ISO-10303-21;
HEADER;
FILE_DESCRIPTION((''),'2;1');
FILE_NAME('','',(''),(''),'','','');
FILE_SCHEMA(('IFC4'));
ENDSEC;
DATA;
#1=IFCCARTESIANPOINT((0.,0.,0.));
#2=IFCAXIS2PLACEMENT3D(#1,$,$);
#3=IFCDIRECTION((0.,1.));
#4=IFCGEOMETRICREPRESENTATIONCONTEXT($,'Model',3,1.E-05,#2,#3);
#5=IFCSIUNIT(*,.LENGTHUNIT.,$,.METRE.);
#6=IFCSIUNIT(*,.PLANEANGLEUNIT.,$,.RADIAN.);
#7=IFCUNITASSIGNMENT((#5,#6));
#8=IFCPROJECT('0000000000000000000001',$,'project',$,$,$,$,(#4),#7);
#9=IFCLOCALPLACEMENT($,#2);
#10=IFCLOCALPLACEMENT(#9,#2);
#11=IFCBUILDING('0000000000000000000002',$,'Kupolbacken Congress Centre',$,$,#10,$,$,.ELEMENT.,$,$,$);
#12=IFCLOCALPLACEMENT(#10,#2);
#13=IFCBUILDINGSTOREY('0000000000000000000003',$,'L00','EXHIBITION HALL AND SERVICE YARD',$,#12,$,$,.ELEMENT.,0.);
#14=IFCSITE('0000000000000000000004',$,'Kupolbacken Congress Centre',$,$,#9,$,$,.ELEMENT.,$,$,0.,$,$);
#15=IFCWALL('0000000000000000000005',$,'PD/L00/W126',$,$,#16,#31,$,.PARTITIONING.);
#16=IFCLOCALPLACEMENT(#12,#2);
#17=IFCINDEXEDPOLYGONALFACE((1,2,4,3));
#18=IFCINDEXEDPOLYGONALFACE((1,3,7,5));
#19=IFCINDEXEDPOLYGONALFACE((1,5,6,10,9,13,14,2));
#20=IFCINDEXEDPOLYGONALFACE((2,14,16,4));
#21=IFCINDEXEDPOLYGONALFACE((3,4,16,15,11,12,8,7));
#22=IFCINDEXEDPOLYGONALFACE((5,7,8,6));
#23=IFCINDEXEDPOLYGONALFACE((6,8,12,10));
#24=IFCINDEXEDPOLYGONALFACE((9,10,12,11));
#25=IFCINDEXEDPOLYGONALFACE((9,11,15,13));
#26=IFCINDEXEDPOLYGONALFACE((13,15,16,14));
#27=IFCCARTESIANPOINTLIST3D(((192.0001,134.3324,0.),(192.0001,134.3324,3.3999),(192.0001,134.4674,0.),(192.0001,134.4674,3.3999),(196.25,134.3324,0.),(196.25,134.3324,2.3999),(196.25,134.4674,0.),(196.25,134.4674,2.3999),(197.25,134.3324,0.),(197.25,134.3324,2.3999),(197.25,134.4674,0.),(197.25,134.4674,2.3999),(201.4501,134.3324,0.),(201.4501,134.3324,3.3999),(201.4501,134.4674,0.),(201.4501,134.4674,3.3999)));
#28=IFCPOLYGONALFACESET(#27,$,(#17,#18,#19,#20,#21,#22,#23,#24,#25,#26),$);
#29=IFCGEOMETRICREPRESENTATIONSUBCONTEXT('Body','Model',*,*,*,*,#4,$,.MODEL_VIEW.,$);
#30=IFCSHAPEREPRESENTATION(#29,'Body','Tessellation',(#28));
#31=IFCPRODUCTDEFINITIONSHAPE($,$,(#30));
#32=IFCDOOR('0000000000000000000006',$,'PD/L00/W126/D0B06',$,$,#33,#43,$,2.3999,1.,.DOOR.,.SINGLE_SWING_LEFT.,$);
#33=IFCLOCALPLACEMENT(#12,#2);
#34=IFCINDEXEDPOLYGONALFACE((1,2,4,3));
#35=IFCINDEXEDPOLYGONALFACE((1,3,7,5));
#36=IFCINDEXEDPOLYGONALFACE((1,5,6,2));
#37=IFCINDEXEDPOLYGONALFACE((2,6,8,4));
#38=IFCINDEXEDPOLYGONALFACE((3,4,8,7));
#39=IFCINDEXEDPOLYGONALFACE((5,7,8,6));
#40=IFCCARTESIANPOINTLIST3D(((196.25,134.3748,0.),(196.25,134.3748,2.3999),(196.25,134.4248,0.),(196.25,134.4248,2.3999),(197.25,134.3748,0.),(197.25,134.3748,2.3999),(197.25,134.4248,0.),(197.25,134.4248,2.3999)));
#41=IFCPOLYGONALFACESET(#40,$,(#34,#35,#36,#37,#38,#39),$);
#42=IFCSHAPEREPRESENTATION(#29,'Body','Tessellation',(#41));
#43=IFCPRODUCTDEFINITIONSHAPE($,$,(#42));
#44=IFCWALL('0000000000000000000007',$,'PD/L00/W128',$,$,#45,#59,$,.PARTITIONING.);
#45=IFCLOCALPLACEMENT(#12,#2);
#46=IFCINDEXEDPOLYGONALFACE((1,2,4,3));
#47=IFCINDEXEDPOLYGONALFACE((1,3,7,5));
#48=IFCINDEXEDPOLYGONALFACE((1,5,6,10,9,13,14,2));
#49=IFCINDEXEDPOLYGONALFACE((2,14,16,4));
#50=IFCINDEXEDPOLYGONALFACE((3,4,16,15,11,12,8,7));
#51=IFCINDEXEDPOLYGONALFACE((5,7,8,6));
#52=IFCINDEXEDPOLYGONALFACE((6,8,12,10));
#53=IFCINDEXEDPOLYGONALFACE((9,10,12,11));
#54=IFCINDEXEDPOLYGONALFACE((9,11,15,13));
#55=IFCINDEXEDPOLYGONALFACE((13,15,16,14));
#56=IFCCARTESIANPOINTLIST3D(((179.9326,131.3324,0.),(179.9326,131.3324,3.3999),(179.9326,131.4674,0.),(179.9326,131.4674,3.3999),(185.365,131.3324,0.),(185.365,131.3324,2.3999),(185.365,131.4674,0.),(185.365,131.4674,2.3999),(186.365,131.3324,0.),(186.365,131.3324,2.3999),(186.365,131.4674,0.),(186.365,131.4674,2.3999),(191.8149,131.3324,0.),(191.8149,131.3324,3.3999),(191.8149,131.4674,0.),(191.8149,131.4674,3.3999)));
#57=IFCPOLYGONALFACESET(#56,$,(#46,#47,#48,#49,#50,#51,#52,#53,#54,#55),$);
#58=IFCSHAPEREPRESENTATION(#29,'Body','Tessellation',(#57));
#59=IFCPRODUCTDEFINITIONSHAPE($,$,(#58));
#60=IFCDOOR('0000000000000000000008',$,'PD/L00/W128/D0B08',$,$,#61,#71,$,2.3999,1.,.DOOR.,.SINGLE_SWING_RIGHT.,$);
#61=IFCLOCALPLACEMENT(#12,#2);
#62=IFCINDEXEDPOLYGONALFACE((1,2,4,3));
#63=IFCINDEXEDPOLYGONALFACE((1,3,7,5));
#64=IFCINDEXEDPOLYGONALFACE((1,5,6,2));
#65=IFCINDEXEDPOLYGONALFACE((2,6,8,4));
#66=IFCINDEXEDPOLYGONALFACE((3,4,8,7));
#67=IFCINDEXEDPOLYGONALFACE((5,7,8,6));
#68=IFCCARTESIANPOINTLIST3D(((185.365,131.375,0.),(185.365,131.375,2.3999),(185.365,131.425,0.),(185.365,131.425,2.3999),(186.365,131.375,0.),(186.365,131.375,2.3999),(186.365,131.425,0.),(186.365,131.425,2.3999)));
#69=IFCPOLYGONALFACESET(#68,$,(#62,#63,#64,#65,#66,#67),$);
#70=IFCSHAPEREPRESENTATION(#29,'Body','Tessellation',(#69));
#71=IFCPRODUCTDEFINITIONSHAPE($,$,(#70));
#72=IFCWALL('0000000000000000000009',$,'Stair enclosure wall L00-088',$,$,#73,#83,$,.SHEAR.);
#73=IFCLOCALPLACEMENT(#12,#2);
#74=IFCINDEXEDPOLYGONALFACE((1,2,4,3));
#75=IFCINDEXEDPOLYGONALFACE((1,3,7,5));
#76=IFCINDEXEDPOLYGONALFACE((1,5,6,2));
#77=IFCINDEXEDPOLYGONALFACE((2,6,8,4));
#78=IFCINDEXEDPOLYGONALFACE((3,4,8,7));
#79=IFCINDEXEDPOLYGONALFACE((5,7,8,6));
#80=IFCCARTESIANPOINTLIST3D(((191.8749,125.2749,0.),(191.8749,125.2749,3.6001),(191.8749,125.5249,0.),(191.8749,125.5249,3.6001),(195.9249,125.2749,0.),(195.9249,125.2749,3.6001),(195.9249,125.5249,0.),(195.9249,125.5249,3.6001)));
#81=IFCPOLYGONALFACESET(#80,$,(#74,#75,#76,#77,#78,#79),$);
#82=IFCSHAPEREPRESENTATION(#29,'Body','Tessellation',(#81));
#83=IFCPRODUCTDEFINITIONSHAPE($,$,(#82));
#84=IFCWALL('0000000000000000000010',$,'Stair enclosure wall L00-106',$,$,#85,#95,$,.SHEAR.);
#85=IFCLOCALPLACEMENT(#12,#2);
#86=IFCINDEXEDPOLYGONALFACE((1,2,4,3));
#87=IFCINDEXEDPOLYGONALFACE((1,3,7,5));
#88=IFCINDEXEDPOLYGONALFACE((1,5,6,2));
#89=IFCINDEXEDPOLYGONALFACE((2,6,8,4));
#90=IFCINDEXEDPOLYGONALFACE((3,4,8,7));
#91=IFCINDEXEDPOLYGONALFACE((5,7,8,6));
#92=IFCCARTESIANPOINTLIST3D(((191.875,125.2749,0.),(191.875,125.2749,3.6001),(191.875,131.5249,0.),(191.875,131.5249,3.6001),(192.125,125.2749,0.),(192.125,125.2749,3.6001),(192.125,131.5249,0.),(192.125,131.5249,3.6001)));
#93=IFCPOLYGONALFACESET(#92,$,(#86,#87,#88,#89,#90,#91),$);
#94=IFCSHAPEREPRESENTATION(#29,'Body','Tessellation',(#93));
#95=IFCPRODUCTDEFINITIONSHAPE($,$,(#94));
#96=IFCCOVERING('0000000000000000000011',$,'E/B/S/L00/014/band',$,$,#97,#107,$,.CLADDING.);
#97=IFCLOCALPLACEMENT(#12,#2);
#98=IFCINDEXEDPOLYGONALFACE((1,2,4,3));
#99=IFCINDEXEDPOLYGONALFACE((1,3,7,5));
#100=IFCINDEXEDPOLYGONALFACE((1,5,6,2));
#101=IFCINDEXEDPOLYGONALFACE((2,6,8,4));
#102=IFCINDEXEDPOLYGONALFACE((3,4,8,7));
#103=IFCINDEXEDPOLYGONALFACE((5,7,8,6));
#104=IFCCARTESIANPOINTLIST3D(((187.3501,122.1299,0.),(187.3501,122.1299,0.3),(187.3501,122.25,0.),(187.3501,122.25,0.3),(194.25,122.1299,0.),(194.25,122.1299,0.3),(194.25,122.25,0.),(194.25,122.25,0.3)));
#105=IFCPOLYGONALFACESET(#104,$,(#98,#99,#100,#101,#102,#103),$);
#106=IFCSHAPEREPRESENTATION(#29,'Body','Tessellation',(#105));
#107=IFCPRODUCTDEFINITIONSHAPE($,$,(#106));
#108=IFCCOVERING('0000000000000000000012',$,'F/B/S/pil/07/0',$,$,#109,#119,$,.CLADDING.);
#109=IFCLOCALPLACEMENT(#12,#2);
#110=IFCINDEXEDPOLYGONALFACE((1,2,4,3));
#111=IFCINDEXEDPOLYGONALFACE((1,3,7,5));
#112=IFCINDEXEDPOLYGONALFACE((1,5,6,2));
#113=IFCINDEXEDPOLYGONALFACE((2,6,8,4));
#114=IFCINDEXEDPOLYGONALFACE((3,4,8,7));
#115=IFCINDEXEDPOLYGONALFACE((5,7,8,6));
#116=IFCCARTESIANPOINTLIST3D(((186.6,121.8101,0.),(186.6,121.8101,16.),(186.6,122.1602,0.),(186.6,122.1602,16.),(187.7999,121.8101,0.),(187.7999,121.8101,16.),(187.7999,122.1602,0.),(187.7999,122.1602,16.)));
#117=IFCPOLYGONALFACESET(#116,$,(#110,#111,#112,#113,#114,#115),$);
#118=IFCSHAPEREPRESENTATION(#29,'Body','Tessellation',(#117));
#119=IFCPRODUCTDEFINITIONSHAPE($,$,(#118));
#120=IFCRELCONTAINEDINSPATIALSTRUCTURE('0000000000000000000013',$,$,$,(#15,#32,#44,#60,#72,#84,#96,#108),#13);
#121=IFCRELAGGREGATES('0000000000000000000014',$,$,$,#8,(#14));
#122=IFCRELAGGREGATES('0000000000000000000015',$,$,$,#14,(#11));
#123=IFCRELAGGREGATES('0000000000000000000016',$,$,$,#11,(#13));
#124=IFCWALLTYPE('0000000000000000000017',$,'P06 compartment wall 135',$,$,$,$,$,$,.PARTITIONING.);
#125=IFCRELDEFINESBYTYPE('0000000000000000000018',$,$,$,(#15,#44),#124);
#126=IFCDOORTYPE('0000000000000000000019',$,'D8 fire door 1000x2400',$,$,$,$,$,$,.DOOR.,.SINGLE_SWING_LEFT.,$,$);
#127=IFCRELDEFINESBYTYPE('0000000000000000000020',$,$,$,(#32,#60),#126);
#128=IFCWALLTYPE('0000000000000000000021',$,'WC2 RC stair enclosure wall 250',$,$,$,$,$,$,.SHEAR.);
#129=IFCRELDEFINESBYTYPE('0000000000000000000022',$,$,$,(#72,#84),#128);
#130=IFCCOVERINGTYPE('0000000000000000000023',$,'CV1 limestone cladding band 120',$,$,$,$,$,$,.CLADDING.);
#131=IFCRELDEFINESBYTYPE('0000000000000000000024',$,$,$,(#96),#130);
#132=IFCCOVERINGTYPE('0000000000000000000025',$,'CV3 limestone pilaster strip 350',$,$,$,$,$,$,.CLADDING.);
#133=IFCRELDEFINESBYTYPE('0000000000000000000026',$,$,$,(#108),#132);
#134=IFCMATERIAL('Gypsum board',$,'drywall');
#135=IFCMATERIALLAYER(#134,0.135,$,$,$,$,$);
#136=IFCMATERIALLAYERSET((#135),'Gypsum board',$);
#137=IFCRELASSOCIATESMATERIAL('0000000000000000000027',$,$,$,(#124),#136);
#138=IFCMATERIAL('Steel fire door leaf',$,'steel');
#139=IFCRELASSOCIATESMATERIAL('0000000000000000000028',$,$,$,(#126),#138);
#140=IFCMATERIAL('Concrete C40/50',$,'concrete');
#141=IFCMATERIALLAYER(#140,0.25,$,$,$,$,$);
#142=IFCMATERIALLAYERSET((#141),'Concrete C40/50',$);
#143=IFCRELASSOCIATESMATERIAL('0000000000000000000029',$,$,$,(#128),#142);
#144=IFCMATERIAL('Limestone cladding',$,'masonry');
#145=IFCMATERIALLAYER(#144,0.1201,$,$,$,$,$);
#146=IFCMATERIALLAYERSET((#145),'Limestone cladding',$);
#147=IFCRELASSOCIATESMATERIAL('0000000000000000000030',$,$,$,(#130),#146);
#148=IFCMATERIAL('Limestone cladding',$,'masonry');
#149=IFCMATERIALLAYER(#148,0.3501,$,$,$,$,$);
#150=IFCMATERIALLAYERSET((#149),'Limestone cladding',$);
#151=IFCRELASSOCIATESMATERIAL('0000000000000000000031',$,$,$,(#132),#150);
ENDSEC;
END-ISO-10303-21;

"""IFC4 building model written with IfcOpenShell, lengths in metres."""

from ifc_helpers import new_model, si_unit, direction, frame, frame_2d, origin, origin_2d, place, context, subcontext, project, spatial, rectangle, extrude, material, layer, layer_set, type_object, element, fill, save


model = new_model("IFC4")

# Units and contexts
model_context = context("Model", 3, precision=1e-05, world=origin(), true_north=direction((0.0, 1.0)))
body_context = subcontext(model_context, "Body", "Model", "MODEL_VIEW")
ifc_project = project(units=[si_unit("LENGTHUNIT", "METRE"), si_unit("PLANEANGLEUNIT", "RADIAN")], contexts=[model_context])

# Site, building, storey
site_placement = place(None, origin())
site = spatial("IfcSite", under=ifc_project, at=site_placement, Name="Kupolbacken Congress Centre", CompositionType="ELEMENT", RefElevation=0.0)
building_placement = place(site_placement, origin())
building = spatial("IfcBuilding", under=site, at=building_placement, Name="Kupolbacken Congress Centre", CompositionType="ELEMENT")
storey_placement = place(building_placement, origin())
storey = spatial("IfcBuildingStorey", under=building, at=storey_placement, Name="L00", Description="EXHIBITION HALL AND SERVICE YARD", CompositionType="ELEMENT", Elevation=0.0)

# Shared definitions
ifc_material_1 = material(Name="Gypsum board", Category="drywall")
ifc_layer_1 = layer(ifc_material_1, 0.135)
ifc_layer_set_1 = layer_set([ifc_layer_1], Name="Gypsum board")
wall_type_1 = type_object("IfcWallType", Name="P06 compartment wall 135", PredefinedType="PARTITIONING", material=ifc_layer_set_1)

# Walls, openings, doors
wall_1_placement = place(storey_placement, frame((192.0, 134.3999, 0.0), z_axis=(0.0, 0.0, 1.0), x_axis=(1.0, 0.0, 0.0)))
wall_1 = element("IfcWall", 1, at=wall_1_placement, inside=storey, type_object=wall_type_1, Name="PD/L00/W126", PredefinedType="PARTITIONING", context=body_context, shape_type="SweptSolid", body=[
    extrude(rectangle(XDim=9.45, YDim=0.135, at=frame_2d((4.7251, 0.0))), origin(), (0.0, 0.0, 1.0), 3.3999),
])
opening_1_placement = place(wall_1_placement, frame((4.25, 0.0, 0.0)))
opening_1 = element("IfcOpeningElement", 2, at=opening_1_placement, cuts=wall_1, PredefinedType="OPENING", context=body_context, shape_type="SweptSolid", body=[
    extrude(rectangle(XDim=1.0, YDim=2.3999, at=frame_2d((0.5, 1.2))), frame((0.0, 0.0774, 0.0), z_axis=(0.0, -1.0, 0.0), x_axis=(1.0, 0.0, 0.0)), (0.0, 0.0, 1.0), 0.155),
])
ifc_material_2 = material(Name="Steel fire door leaf", Category="steel")
door_type = type_object("IfcDoorType", Name="D8 fire door 1000x2400", OperationType="SINGLE_SWING_LEFT", PredefinedType="DOOR", material=ifc_material_2)
door_1_placement = place(opening_1_placement, origin())
door_1 = element("IfcDoor", 3, at=door_1_placement, inside=storey, type_object=door_type, Name="PD/L00/W126/D0B06", OperationType="SINGLE_SWING_LEFT", OverallHeight=2.3999, OverallWidth=1.0, PredefinedType="DOOR", context=body_context, shape_type="SweptSolid", body=[
    extrude(rectangle(XDim=1.0, YDim=2.3999, at=frame_2d((0.5, 1.2))), frame((0.0, 0.0249, 0.0), z_axis=(0.0, -1.0, 0.0), x_axis=(1.0, 0.0, 0.0)), (0.0, 0.0, 1.0), 0.05),
])
fill(opening_1, door_1)
wall_2_placement = place(storey_placement, frame((191.8149, 131.3999, 0.0), z_axis=(0.0, 0.0, 1.0), x_axis=(-1.0, 0.0, 0.0)))
wall_2 = element("IfcWall", 4, at=wall_2_placement, inside=storey, type_object=wall_type_1, Name="PD/L00/W128", PredefinedType="PARTITIONING", context=body_context, shape_type="SweptSolid", body=[
    extrude(rectangle(XDim=11.8823, YDim=0.135, at=frame_2d((5.9412, 0.0))), origin(), (0.0, 0.0, 1.0), 3.3999),
])
opening_2_placement = place(wall_2_placement, frame((5.45, 0.0, 0.0)))
opening_2 = element("IfcOpeningElement", 5, at=opening_2_placement, cuts=wall_2, PredefinedType="OPENING", context=body_context, shape_type="SweptSolid", body=[
    extrude(rectangle(XDim=1.0, YDim=2.3999, at=frame_2d((0.5, 1.2))), frame((0.0, 0.0774, 0.0), z_axis=(0.0, -1.0, 0.0), x_axis=(1.0, 0.0, 0.0)), (0.0, 0.0, 1.0), 0.155),
])
door_2_placement = place(opening_2_placement, origin())
door_2 = element("IfcDoor", 6, at=door_2_placement, inside=storey, type_object=door_type, Name="PD/L00/W128/D0B08", OperationType="SINGLE_SWING_RIGHT", OverallHeight=2.3999, OverallWidth=1.0, PredefinedType="DOOR", context=body_context, shape_type="SweptSolid", body=[
    extrude(rectangle(XDim=1.0, YDim=2.3999, at=frame_2d((0.5, 1.2))), frame((0.0, 0.0249, 0.0), z_axis=(0.0, -1.0, 0.0), x_axis=(1.0, 0.0, 0.0)), (0.0, 0.0, 1.0), 0.05),
])
fill(opening_2, door_2)

# Walls
ifc_material_3 = material(Name="Concrete C40/50", Category="concrete")
ifc_layer_2 = layer(ifc_material_3, 0.25)
ifc_layer_set_2 = layer_set([ifc_layer_2], Name="Concrete C40/50")
wall_type_2 = type_object("IfcWallType", Name="WC2 RC stair enclosure wall 250", PredefinedType="SHEAR", material=ifc_layer_set_2)
wall_3_placement = place(storey_placement, frame((191.875, 125.3999, 0.0), z_axis=(0.0, 0.0, 1.0), x_axis=(1.0, 0.0, 0.0)))
element("IfcWall", 7, at=wall_3_placement, inside=storey, type_object=wall_type_2, Name="Stair enclosure wall L00-088", PredefinedType="SHEAR", context=body_context, shape_type="SweptSolid", body=[
    extrude(rectangle(XDim=4.05, YDim=0.25, at=frame_2d((2.0249, 0.0))), origin(), (0.0, 0.0, 1.0), 3.6001),
])
wall_4_placement = place(storey_placement, frame((192.0, 131.5249, 0.0), z_axis=(0.0, 0.0, 1.0), x_axis=(0.0, -1.0, 0.0)))
element("IfcWall", 8, at=wall_4_placement, inside=storey, type_object=wall_type_2, Name="Stair enclosure wall L00-106", PredefinedType="SHEAR", context=body_context, shape_type="SweptSolid", body=[
    extrude(rectangle(XDim=6.25, YDim=0.25, at=frame_2d((3.125, 0.0))), origin(), (0.0, 0.0, 1.0), 3.6001),
])

# Coverings
ifc_material_4 = material(Name="Limestone cladding", Category="masonry")
ifc_layer_3 = layer(ifc_material_4, 0.1201)
ifc_layer_set_3 = layer_set([ifc_layer_3], Name="Limestone cladding")
covering_type_1 = type_object("IfcCoveringType", Name="CV1 limestone cladding band 120", PredefinedType="CLADDING", material=ifc_layer_set_3)
covering_1_placement = place(storey_placement, frame((190.8, 122.1899, 0.0), z_axis=(0.0, 0.0, 1.0), x_axis=(1.0, 0.0, 0.0)))
element("IfcCovering", 9, at=covering_1_placement, inside=storey, type_object=covering_type_1, Name="E/B/S/L00/014/band", PredefinedType="CLADDING", context=body_context, shape_type="SweptSolid", body=[
    extrude(rectangle(XDim=6.8999, YDim=0.1201, at=origin_2d()), origin(), (0.0, 0.0, 1.0), 0.3),
])
ifc_material_5 = material(Name="Limestone cladding", Category="masonry")
ifc_layer_4 = layer(ifc_material_5, 0.3501)
ifc_layer_set_4 = layer_set([ifc_layer_4], Name="Limestone cladding")
covering_type_2 = type_object("IfcCoveringType", Name="CV3 limestone pilaster strip 350", PredefinedType="CLADDING", material=ifc_layer_set_4)
covering_2_placement = place(storey_placement, frame((187.2, 121.9851, 0.0), z_axis=(0.0, 0.0, 1.0), x_axis=(1.0, 0.0, 0.0)))
element("IfcCovering", 10, at=covering_2_placement, inside=storey, type_object=covering_type_2, Name="F/B/S/pil/07/0", PredefinedType="CLADDING", context=body_context, shape_type="SweptSolid", body=[
    extrude(rectangle(XDim=1.2, YDim=0.3501, at=origin_2d()), origin(), (0.0, 0.0, 1.0), 16.0),
])

save(model, "model.ifc")
